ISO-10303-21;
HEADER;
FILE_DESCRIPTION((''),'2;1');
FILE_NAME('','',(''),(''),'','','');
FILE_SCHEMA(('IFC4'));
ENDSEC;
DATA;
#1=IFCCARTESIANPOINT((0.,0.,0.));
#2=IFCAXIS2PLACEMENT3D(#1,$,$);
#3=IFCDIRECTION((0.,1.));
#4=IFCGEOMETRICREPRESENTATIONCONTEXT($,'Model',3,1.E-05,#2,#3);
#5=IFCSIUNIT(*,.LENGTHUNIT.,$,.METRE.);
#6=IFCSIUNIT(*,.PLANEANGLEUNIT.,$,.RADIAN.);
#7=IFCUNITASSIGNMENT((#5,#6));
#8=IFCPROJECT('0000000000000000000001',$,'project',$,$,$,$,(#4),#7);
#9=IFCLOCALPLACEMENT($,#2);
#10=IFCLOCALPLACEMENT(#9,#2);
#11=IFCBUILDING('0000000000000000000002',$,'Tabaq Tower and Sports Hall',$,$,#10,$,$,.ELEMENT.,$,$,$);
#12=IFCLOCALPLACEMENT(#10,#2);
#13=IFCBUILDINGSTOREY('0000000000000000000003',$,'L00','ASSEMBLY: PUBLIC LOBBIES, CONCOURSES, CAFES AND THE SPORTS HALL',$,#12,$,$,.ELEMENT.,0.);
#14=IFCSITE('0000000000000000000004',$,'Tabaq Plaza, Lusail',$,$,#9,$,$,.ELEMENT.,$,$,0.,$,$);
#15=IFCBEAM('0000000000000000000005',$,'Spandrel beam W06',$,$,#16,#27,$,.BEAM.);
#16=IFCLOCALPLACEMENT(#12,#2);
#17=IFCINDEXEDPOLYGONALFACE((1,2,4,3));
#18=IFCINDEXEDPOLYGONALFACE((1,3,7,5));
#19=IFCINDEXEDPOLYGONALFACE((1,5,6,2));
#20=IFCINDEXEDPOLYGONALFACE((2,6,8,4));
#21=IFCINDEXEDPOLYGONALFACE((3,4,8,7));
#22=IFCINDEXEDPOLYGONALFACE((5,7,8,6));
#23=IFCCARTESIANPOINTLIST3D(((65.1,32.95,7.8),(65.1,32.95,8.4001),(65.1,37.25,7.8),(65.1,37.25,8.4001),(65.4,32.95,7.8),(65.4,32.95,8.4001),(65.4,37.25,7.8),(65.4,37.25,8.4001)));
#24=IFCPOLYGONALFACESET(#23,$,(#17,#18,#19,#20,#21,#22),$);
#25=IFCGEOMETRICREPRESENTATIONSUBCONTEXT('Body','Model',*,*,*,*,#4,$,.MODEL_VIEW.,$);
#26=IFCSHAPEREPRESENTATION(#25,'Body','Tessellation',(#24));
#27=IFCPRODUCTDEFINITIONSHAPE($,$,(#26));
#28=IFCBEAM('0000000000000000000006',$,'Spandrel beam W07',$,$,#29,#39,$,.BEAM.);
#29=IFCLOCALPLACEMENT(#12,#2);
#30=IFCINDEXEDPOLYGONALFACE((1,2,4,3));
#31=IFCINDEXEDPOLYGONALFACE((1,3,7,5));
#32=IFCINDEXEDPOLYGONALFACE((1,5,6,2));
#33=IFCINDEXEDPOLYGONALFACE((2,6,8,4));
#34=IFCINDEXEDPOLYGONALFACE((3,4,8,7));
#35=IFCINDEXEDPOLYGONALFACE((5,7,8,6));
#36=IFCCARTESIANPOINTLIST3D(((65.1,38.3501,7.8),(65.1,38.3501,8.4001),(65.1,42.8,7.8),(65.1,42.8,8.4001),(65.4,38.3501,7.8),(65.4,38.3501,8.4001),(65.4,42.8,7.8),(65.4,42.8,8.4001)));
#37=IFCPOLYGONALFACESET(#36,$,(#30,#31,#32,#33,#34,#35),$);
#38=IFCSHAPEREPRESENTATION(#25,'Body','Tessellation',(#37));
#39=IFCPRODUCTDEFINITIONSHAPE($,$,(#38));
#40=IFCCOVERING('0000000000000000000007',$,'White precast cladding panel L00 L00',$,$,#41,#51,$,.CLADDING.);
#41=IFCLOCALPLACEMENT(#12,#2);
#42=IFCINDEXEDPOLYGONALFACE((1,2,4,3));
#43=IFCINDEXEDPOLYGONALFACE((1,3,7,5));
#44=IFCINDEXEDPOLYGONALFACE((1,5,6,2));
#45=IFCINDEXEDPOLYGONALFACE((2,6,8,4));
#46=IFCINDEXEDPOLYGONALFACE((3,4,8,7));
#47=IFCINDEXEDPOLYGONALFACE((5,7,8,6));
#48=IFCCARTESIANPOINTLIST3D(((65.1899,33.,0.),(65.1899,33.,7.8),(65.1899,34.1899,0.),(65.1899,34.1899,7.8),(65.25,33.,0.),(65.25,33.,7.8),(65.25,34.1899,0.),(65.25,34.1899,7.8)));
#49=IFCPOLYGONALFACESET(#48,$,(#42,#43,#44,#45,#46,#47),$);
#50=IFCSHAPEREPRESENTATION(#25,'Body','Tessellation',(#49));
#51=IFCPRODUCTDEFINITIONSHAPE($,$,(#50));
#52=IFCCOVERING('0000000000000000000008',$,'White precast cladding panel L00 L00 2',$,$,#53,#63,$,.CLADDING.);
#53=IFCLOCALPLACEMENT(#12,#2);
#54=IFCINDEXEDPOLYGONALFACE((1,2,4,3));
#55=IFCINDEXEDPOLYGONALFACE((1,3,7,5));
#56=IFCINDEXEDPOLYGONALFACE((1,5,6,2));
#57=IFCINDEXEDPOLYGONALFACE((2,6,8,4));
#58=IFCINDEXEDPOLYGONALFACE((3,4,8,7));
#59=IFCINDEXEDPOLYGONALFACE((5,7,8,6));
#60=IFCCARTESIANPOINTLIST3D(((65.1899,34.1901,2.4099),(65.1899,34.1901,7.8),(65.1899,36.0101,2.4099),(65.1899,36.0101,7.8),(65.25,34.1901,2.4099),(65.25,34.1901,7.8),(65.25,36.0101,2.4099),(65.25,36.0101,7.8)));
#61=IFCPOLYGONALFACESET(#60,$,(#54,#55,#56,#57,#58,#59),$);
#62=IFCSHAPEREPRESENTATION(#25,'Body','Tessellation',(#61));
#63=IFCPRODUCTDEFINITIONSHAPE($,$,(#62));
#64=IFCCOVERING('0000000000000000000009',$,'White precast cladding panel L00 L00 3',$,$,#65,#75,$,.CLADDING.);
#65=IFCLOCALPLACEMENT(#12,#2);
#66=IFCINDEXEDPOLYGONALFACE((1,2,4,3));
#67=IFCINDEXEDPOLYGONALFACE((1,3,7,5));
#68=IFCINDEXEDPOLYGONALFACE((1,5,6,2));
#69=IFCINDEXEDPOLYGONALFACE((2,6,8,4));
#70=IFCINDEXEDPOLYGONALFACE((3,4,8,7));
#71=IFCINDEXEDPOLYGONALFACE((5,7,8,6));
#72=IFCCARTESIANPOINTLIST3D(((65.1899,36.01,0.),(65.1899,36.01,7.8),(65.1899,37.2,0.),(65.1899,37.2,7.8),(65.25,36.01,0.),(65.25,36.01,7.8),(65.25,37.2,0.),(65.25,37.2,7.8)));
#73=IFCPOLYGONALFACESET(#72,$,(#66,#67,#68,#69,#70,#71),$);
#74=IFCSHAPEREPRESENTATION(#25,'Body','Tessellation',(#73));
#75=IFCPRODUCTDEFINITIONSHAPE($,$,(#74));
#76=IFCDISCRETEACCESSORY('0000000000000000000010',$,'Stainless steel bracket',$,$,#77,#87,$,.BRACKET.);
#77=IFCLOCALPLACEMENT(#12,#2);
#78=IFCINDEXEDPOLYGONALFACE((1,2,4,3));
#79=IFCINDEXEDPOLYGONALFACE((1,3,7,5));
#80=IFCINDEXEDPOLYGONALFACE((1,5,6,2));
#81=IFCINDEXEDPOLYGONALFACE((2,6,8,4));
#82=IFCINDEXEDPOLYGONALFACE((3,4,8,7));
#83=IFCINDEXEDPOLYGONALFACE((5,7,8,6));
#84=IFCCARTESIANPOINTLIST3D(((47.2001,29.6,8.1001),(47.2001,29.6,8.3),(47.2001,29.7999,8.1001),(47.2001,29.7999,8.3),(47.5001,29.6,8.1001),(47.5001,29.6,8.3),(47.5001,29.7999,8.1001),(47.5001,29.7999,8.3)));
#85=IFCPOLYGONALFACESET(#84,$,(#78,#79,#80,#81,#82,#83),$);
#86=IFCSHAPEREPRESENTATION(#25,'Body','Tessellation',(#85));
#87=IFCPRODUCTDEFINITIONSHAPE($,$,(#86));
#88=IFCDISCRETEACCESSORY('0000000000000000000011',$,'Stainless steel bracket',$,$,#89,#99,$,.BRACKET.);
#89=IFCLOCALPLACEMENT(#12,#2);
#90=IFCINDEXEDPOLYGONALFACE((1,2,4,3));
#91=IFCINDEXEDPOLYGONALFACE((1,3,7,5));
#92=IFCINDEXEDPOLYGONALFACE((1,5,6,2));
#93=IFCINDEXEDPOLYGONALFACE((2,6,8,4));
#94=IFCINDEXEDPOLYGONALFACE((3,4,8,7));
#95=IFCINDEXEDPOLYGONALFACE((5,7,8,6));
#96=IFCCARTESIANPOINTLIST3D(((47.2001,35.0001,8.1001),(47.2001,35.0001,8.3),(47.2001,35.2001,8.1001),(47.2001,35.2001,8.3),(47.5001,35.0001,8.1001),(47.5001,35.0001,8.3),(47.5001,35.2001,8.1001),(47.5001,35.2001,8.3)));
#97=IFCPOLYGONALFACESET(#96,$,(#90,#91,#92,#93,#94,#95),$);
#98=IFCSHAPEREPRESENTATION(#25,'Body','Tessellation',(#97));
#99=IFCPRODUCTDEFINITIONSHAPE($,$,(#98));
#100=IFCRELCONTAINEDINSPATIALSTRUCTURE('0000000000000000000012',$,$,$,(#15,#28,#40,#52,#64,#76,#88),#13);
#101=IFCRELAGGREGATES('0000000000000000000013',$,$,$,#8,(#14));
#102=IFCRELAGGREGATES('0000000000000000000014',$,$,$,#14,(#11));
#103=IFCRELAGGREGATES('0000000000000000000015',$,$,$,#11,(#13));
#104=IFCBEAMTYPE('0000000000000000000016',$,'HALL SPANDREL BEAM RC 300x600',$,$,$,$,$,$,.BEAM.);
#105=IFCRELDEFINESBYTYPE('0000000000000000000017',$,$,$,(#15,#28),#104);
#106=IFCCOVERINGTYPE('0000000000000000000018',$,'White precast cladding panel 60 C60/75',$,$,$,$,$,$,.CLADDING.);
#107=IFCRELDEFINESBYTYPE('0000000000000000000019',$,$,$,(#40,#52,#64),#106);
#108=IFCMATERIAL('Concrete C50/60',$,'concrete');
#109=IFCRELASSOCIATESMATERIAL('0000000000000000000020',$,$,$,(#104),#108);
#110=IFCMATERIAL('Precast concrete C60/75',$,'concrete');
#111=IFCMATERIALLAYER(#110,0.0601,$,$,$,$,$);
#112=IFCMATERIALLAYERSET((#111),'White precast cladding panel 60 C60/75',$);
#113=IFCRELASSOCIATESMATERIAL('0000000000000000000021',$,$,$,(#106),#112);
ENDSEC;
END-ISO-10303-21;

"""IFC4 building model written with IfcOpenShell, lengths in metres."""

from ifc_helpers import new_model, si_unit, direction, frame, frame_2d, origin, origin_2d, place, context, subcontext, project, spatial, rectangle, extrude, material, layer, layer_set, material_profile, profile_set, type_object, element, save


model = new_model("IFC4")

# Units and contexts
model_context = context("Model", 3, precision=1e-05, world=origin(), true_north=direction((0.0, 1.0)))
body_context = subcontext(model_context, "Body", "Model", "MODEL_VIEW")
ifc_project = project(units=[si_unit("LENGTHUNIT", "METRE"), si_unit("PLANEANGLEUNIT", "RADIAN")], contexts=[model_context])

# Site, building, storey
site_placement = place(None, origin())
site = spatial("IfcSite", under=ifc_project, at=site_placement, Name="Tabaq Plaza, Lusail", CompositionType="ELEMENT", RefElevation=0.0)
building_placement = place(site_placement, origin())
building = spatial("IfcBuilding", under=site, at=building_placement, Name="Tabaq Tower and Sports Hall", CompositionType="ELEMENT")
storey_placement = place(building_placement, origin())
storey = spatial("IfcBuildingStorey", under=building, at=storey_placement, Name="L00", Description="ASSEMBLY: PUBLIC LOBBIES, CONCOURSES, CAFES AND THE SPORTS HALL", CompositionType="ELEMENT", Elevation=0.0)

# Beams
ifc_material_1 = material(Name="Concrete C50/60", Category="concrete")
ifc_material_profile_1 = material_profile(ifc_material_1, rectangle(XDim=0.3, YDim=0.6001, at=origin_2d()), Name="RC 300x600")
ifc_profile_set_1 = profile_set([ifc_material_profile_1], Name="Concrete C50/60")
beam_type = type_object("IfcBeamType", Name="HALL SPANDREL BEAM RC 300x600", PredefinedType="BEAM", material=ifc_profile_set_1)
for number, where, z_axis, x_axis, name in (
    (1, (65.25, 32.95, 8.1001), (0.0, 1.0, 0.0), (-1.0, 0.0, 0.0), "Spandrel beam W06"),
):
    element("IfcBeam", number, at=place(storey_placement, frame(where, z_axis=z_axis, x_axis=x_axis)), inside=storey, type_object=beam_type, Name=name, PredefinedType="BEAM", context=body_context, shape_type="SweptSolid", body=[
        extrude(rectangle(XDim=0.3, YDim=0.6001, at=origin_2d()), origin(), (0.0, 0.0, 1.0), 4.3),
    ])
beam_placement = place(storey_placement, frame((65.25, 38.3501, 8.1001), z_axis=(0.0, 1.0, 0.0), x_axis=(-1.0, 0.0, 0.0)))
element("IfcBeam", 2, at=beam_placement, inside=storey, type_object=beam_type, Name="Spandrel beam W07", PredefinedType="BEAM", context=body_context, shape_type="SweptSolid", body=[
    extrude(rectangle(XDim=0.3, YDim=0.6001, at=origin_2d()), origin(), (0.0, 0.0, 1.0), 4.45),
])

# Coverings
ifc_material_2 = material(Name="Precast concrete C60/75", Category="concrete")
ifc_layer = layer(ifc_material_2, 0.0601)
ifc_layer_set = layer_set([ifc_layer], Name="White precast cladding panel 60 C60/75")
covering_type = type_object("IfcCoveringType", Name="White precast cladding panel 60 C60/75", PredefinedType="CLADDING", material=ifc_layer_set)
covering_1_placement = place(storey_placement, frame((65.22, 33.0, 0.0), z_axis=(0.0, 0.0, 1.0), x_axis=(0.0, 1.0, 0.0)))
element("IfcCovering", 3, at=covering_1_placement, inside=storey, type_object=covering_type, Name="White precast cladding panel L00 L00", PredefinedType="CLADDING", context=body_context, shape_type="SweptSolid", body=[
    extrude(rectangle(XDim=1.1899, YDim=0.0601, at=frame_2d((0.595, 0.0))), origin(), (0.0, 0.0, 1.0), 7.8),
])
covering_2_placement = place(storey_placement, frame((65.22, 34.1899, 2.4099), z_axis=(0.0, 0.0, 1.0), x_axis=(0.0, 1.0, 0.0)))
element("IfcCovering", 4, at=covering_2_placement, inside=storey, type_object=covering_type, Name="White precast cladding panel L00 L00 2", PredefinedType="CLADDING", context=body_context, shape_type="SweptSolid", body=[
    extrude(rectangle(XDim=1.8201, YDim=0.0601, at=frame_2d((0.9102, 0.0))), origin(), (0.0, 0.0, 1.0), 5.3901),
])
covering_3_placement = place(storey_placement, frame((65.22, 36.01, 0.0), z_axis=(0.0, 0.0, 1.0), x_axis=(0.0, 1.0, 0.0)))
element("IfcCovering", 5, at=covering_3_placement, inside=storey, type_object=covering_type, Name="White precast cladding panel L00 L00 3", PredefinedType="CLADDING", context=body_context, shape_type="SweptSolid", body=[
    extrude(rectangle(XDim=1.1899, YDim=0.0601, at=frame_2d((0.595, 0.0))), origin(), (0.0, 0.0, 1.0), 7.8),
])

# Discrete accessories
for number, where, z_axis, x_axis, name in (
    (6, (47.3501, 29.7, 8.1001), (0.0, 0.0, 1.0), (0.0, -1.0, 0.0), "Stainless steel bracket"),
    (7, (47.3501, 35.1001, 8.1001), (0.0, 0.0, 1.0), (0.0, -1.0, 0.0), "Stainless steel bracket"),
):
    element("IfcDiscreteAccessory", number, at=place(storey_placement, frame(where, z_axis=z_axis, x_axis=x_axis)), inside=storey, Name=name, PredefinedType="BRACKET", context=body_context, shape_type="SweptSolid", body=[
        extrude(rectangle(XDim=0.2, YDim=0.3, at=origin_2d()), origin(), (0.0, 0.0, 1.0), 0.2),
    ])

save(model, "model.ifc")
